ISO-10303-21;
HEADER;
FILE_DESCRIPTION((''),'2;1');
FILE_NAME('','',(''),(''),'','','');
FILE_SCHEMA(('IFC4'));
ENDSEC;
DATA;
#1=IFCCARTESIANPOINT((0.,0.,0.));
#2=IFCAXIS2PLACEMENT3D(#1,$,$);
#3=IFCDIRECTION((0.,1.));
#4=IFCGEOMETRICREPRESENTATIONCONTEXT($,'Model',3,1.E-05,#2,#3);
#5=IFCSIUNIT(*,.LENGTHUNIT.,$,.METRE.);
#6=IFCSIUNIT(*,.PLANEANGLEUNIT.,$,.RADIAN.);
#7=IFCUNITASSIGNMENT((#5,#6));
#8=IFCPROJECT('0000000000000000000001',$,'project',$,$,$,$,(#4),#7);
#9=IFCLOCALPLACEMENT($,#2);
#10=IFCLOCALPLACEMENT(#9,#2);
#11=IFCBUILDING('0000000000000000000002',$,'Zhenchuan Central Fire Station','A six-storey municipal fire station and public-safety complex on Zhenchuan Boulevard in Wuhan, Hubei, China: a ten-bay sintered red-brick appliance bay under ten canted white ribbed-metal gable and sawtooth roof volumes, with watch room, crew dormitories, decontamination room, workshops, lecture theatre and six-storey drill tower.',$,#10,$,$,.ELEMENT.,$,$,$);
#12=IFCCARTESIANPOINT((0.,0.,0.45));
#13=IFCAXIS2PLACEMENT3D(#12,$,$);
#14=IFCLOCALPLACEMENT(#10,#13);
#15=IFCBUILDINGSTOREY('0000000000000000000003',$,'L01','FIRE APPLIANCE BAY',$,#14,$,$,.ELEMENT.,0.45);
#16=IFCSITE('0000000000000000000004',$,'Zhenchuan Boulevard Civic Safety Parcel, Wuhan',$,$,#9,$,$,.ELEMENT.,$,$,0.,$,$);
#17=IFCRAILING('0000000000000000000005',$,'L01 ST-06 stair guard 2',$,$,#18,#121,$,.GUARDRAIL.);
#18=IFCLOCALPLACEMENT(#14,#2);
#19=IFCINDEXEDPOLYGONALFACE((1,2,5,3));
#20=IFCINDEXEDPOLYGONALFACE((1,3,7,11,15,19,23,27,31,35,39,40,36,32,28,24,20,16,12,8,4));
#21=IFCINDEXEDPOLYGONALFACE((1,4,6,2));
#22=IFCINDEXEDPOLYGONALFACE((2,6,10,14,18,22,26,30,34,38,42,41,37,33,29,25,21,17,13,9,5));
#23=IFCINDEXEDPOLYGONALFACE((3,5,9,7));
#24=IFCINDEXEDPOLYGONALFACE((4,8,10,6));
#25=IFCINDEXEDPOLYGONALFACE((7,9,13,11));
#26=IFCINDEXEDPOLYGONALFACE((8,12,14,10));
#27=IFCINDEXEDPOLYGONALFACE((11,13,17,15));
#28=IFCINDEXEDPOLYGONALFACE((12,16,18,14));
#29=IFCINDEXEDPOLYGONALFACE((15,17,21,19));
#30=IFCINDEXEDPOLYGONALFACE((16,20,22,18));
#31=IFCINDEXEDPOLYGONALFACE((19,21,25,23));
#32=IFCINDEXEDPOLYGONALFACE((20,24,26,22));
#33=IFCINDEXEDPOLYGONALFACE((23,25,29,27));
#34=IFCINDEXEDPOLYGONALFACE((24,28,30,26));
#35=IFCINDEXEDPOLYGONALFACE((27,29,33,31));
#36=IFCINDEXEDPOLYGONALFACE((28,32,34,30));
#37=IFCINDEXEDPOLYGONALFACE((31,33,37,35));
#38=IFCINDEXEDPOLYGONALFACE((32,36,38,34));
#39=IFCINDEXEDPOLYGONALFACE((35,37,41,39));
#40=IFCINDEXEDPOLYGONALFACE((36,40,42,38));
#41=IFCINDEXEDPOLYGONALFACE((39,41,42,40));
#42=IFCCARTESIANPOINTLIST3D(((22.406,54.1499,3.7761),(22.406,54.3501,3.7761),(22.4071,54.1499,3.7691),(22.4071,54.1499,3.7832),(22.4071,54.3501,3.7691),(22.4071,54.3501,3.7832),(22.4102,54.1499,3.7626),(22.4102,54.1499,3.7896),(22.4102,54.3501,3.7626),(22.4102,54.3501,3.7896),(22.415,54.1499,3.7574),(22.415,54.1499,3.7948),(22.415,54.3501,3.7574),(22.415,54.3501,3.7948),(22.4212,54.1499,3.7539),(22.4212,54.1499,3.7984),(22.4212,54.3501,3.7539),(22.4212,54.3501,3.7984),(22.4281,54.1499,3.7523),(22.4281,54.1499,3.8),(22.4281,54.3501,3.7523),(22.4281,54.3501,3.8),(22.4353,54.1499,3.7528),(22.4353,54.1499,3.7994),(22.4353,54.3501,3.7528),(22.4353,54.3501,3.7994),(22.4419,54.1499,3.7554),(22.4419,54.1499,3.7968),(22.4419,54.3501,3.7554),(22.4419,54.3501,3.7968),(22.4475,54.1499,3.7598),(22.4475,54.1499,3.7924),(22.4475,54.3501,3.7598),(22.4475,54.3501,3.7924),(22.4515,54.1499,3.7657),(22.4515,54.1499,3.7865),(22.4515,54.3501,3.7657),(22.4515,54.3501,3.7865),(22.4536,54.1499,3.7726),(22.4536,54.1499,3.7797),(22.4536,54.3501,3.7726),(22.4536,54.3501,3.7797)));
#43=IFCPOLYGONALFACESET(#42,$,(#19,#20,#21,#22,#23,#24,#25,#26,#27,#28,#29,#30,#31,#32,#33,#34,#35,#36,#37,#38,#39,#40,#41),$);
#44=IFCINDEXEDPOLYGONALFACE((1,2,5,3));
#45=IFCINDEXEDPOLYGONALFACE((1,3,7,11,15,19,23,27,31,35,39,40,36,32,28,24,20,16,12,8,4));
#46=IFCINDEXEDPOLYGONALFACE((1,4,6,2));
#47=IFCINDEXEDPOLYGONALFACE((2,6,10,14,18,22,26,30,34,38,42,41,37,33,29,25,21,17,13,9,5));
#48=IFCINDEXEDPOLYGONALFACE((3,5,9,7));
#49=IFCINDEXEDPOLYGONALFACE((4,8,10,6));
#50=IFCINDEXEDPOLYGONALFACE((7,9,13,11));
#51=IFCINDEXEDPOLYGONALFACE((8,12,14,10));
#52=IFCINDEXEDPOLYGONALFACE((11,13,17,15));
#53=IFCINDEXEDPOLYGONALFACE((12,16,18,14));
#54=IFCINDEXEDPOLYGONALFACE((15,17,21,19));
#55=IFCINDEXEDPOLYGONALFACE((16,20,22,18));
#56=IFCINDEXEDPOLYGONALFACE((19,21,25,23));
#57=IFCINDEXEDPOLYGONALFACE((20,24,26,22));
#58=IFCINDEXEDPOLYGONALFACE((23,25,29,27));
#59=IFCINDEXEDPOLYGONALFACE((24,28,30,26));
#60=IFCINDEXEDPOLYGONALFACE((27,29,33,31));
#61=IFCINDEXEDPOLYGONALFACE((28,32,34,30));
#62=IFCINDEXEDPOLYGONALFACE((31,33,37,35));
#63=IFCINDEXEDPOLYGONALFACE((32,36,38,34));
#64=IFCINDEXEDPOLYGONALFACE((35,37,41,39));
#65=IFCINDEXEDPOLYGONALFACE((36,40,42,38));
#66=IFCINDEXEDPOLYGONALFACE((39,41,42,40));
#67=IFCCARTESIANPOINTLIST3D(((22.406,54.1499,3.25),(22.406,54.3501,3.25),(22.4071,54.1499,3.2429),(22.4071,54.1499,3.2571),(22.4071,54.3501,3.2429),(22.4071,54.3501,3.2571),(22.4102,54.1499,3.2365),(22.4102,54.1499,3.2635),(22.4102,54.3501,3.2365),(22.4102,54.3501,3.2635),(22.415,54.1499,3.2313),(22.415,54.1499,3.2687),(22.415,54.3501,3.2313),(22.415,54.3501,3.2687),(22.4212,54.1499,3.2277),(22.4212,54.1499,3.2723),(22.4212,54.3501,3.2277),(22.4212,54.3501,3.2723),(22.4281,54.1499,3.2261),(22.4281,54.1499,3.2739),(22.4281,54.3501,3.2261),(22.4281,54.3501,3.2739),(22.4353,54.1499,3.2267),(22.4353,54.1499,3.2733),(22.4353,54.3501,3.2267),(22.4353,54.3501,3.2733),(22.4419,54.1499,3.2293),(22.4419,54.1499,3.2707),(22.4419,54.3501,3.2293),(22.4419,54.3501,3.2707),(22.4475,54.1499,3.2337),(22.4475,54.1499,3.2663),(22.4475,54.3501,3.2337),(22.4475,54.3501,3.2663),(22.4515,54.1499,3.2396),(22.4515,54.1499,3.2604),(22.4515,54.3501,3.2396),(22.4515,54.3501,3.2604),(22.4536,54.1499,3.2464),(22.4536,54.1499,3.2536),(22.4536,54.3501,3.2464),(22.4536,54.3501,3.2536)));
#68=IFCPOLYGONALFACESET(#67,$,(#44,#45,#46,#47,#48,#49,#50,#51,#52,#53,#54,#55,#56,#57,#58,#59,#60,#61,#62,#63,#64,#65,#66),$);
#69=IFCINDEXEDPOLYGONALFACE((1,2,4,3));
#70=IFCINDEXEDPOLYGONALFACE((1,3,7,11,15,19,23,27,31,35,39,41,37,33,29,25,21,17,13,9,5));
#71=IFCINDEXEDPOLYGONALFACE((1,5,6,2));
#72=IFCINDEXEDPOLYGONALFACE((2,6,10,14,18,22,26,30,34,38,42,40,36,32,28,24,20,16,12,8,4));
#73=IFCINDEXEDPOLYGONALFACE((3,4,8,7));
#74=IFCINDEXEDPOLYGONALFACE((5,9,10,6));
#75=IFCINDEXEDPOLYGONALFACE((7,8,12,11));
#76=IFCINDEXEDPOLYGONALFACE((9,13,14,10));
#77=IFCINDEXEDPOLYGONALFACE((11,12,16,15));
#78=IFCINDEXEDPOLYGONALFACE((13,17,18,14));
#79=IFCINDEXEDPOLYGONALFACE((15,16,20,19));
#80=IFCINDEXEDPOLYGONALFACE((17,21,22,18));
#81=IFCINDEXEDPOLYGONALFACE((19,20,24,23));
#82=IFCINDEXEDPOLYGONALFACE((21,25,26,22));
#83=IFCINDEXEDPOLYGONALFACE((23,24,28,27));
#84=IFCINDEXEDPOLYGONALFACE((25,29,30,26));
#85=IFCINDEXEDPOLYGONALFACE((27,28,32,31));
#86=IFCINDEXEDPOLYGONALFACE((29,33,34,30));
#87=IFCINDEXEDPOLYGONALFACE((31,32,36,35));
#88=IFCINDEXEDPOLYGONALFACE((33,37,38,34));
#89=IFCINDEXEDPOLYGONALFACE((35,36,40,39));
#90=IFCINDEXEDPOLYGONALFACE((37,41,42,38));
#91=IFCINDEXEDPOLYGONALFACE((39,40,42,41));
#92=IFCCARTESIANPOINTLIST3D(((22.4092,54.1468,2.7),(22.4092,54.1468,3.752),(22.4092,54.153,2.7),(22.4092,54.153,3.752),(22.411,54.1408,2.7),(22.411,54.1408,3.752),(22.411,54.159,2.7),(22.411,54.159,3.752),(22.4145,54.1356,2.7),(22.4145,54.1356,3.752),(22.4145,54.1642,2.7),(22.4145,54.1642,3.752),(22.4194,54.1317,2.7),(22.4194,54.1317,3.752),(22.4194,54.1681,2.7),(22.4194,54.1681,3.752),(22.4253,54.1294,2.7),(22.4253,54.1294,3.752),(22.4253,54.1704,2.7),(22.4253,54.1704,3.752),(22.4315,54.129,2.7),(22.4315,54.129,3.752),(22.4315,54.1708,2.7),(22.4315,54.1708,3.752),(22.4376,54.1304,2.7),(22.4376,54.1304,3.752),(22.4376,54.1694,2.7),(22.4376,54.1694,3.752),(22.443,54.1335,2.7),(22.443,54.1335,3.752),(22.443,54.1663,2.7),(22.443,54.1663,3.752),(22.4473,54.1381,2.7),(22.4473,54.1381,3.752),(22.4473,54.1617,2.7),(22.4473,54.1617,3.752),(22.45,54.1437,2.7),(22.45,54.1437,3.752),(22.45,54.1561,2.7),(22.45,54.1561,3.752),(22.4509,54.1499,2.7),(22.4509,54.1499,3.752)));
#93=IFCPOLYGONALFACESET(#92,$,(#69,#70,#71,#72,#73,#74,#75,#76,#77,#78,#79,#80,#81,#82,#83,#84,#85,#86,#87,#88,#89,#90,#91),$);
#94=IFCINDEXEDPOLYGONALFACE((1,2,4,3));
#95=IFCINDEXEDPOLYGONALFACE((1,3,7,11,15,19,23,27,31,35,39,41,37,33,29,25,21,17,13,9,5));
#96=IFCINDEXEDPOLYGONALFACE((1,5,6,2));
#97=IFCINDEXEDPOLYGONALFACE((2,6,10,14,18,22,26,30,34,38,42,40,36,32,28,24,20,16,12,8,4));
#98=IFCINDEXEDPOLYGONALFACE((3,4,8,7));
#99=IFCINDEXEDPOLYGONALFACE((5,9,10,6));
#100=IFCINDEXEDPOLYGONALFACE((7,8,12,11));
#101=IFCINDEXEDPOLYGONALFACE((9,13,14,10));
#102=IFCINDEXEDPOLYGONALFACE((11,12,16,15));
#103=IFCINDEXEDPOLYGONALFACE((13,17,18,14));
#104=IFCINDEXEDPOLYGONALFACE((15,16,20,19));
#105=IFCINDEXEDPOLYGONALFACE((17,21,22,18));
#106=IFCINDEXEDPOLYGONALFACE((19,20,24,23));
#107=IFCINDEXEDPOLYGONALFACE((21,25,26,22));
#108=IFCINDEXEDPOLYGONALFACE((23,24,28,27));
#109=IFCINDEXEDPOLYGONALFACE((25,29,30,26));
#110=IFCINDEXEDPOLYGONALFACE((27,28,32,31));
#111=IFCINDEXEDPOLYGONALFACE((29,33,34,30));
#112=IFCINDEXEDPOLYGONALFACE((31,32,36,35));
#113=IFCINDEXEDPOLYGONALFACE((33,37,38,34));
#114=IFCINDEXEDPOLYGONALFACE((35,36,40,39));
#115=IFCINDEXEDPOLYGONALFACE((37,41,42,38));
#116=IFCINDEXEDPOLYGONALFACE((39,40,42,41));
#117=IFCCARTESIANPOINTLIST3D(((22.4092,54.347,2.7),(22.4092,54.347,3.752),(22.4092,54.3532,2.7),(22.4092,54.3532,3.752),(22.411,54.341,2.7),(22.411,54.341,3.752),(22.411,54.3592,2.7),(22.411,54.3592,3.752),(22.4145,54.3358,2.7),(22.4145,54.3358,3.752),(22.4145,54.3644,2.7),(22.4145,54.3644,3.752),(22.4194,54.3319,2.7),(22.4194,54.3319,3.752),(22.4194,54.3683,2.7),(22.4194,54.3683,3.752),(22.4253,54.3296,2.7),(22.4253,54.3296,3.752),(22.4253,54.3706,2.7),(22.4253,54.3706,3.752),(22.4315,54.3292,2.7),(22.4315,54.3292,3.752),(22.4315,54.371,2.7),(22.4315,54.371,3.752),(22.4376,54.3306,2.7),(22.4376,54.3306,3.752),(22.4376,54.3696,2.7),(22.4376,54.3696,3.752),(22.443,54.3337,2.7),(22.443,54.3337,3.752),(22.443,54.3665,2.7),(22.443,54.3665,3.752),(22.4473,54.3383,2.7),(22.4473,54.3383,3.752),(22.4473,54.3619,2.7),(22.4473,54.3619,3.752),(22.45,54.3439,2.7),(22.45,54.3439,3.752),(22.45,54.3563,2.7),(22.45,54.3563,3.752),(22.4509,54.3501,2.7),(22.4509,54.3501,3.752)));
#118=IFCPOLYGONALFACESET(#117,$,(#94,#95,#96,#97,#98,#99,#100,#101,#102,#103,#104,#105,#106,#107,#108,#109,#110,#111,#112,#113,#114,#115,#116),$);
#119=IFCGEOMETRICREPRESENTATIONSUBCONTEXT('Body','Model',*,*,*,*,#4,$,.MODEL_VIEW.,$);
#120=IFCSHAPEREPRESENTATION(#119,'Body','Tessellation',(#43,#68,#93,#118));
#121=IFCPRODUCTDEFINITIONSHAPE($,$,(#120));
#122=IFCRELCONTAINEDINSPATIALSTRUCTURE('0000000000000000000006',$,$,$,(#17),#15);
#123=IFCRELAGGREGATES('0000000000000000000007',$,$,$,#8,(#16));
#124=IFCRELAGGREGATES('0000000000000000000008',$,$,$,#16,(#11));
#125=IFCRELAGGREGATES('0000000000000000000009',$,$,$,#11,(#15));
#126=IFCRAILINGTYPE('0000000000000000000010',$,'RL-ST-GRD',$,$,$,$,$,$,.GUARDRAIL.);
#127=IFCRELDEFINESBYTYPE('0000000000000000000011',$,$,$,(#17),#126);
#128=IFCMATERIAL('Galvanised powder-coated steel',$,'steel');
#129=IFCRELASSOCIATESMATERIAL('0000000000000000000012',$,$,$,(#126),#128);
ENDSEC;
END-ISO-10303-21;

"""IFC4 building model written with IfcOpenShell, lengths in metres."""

from ifc_helpers import new_model, si_unit, direction, frame, origin, origin_2d, place, context, subcontext, project, spatial, circle, extrude, material, type_object, element, save


model = new_model("IFC4")

# Units and contexts
model_context = context("Model", 3, precision=1e-05, world=origin(), true_north=direction((0.0, 1.0)))
body_context = subcontext(model_context, "Body", "Model", "MODEL_VIEW")
ifc_project = project(units=[si_unit("LENGTHUNIT", "METRE"), si_unit("PLANEANGLEUNIT", "RADIAN")], contexts=[model_context])

# Site, building, storey
site_placement = place(None, origin())
site = spatial("IfcSite", under=ifc_project, at=site_placement, Name="Zhenchuan Boulevard Civic Safety Parcel, Wuhan", CompositionType="ELEMENT", RefElevation=0.0)
building_placement = place(site_placement, origin())
building = spatial("IfcBuilding", under=site, at=building_placement, Name="Zhenchuan Central Fire Station", Description="A six-storey municipal fire station and public-safety complex on Zhenchuan Boulevard in Wuhan, Hubei, China: a ten-bay sintered red-brick appliance bay under ten canted white ribbed-metal gable and sawtooth roof volumes, with watch room, crew dormitories, decontamination room, workshops, lecture theatre and six-storey drill tower.", CompositionType="ELEMENT")
storey_placement = place(building_placement, frame((0.0, 0.0, 0.45)))
storey = spatial("IfcBuildingStorey", under=building, at=storey_placement, Name="L01", Description="FIRE APPLIANCE BAY", CompositionType="ELEMENT", Elevation=0.45)

# Railing
ifc_material_1 = material(Name="Galvanised powder-coated steel", Category="steel")
railing_type_1 = type_object("IfcRailingType", Name="RL-ST-GRD", PredefinedType="GUARDRAIL", material=ifc_material_1)
railing_1_placement = place(storey_placement, frame((22.4299, 54.1499, 2.7)))
element("IfcRailing", 1, at=railing_1_placement, inside=storey, type_object=railing_type_1, Name="L01 ST-06 stair guard 2", PredefinedType="GUARDRAIL", context=body_context, shape_type="SweptSolid", body=[
    extrude(circle(Radius=0.0239, at=origin_2d()), frame((0.0, 0.0, 1.0762), z_axis=(0.0, 1.0, 0.0), x_axis=(-1.0, 0.0, 0.0)), (0.0, 0.0, 1.0), 0.2002),
    extrude(circle(Radius=0.0239, at=origin_2d()), frame((0.0, 0.0, 0.55), z_axis=(0.0, 1.0, 0.0), x_axis=(-1.0, 0.0, 0.0)), (0.0, 0.0, 1.0), 0.2002),
    extrude(circle(Radius=0.021, at=origin_2d()), origin(), (0.0, 0.0, 1.0), 1.052),
    extrude(circle(Radius=0.021, at=origin_2d()), frame((0.0, 0.2002, 0.0)), (0.0, 0.0, 1.0), 1.052),
])

save(model, "model.ifc")
